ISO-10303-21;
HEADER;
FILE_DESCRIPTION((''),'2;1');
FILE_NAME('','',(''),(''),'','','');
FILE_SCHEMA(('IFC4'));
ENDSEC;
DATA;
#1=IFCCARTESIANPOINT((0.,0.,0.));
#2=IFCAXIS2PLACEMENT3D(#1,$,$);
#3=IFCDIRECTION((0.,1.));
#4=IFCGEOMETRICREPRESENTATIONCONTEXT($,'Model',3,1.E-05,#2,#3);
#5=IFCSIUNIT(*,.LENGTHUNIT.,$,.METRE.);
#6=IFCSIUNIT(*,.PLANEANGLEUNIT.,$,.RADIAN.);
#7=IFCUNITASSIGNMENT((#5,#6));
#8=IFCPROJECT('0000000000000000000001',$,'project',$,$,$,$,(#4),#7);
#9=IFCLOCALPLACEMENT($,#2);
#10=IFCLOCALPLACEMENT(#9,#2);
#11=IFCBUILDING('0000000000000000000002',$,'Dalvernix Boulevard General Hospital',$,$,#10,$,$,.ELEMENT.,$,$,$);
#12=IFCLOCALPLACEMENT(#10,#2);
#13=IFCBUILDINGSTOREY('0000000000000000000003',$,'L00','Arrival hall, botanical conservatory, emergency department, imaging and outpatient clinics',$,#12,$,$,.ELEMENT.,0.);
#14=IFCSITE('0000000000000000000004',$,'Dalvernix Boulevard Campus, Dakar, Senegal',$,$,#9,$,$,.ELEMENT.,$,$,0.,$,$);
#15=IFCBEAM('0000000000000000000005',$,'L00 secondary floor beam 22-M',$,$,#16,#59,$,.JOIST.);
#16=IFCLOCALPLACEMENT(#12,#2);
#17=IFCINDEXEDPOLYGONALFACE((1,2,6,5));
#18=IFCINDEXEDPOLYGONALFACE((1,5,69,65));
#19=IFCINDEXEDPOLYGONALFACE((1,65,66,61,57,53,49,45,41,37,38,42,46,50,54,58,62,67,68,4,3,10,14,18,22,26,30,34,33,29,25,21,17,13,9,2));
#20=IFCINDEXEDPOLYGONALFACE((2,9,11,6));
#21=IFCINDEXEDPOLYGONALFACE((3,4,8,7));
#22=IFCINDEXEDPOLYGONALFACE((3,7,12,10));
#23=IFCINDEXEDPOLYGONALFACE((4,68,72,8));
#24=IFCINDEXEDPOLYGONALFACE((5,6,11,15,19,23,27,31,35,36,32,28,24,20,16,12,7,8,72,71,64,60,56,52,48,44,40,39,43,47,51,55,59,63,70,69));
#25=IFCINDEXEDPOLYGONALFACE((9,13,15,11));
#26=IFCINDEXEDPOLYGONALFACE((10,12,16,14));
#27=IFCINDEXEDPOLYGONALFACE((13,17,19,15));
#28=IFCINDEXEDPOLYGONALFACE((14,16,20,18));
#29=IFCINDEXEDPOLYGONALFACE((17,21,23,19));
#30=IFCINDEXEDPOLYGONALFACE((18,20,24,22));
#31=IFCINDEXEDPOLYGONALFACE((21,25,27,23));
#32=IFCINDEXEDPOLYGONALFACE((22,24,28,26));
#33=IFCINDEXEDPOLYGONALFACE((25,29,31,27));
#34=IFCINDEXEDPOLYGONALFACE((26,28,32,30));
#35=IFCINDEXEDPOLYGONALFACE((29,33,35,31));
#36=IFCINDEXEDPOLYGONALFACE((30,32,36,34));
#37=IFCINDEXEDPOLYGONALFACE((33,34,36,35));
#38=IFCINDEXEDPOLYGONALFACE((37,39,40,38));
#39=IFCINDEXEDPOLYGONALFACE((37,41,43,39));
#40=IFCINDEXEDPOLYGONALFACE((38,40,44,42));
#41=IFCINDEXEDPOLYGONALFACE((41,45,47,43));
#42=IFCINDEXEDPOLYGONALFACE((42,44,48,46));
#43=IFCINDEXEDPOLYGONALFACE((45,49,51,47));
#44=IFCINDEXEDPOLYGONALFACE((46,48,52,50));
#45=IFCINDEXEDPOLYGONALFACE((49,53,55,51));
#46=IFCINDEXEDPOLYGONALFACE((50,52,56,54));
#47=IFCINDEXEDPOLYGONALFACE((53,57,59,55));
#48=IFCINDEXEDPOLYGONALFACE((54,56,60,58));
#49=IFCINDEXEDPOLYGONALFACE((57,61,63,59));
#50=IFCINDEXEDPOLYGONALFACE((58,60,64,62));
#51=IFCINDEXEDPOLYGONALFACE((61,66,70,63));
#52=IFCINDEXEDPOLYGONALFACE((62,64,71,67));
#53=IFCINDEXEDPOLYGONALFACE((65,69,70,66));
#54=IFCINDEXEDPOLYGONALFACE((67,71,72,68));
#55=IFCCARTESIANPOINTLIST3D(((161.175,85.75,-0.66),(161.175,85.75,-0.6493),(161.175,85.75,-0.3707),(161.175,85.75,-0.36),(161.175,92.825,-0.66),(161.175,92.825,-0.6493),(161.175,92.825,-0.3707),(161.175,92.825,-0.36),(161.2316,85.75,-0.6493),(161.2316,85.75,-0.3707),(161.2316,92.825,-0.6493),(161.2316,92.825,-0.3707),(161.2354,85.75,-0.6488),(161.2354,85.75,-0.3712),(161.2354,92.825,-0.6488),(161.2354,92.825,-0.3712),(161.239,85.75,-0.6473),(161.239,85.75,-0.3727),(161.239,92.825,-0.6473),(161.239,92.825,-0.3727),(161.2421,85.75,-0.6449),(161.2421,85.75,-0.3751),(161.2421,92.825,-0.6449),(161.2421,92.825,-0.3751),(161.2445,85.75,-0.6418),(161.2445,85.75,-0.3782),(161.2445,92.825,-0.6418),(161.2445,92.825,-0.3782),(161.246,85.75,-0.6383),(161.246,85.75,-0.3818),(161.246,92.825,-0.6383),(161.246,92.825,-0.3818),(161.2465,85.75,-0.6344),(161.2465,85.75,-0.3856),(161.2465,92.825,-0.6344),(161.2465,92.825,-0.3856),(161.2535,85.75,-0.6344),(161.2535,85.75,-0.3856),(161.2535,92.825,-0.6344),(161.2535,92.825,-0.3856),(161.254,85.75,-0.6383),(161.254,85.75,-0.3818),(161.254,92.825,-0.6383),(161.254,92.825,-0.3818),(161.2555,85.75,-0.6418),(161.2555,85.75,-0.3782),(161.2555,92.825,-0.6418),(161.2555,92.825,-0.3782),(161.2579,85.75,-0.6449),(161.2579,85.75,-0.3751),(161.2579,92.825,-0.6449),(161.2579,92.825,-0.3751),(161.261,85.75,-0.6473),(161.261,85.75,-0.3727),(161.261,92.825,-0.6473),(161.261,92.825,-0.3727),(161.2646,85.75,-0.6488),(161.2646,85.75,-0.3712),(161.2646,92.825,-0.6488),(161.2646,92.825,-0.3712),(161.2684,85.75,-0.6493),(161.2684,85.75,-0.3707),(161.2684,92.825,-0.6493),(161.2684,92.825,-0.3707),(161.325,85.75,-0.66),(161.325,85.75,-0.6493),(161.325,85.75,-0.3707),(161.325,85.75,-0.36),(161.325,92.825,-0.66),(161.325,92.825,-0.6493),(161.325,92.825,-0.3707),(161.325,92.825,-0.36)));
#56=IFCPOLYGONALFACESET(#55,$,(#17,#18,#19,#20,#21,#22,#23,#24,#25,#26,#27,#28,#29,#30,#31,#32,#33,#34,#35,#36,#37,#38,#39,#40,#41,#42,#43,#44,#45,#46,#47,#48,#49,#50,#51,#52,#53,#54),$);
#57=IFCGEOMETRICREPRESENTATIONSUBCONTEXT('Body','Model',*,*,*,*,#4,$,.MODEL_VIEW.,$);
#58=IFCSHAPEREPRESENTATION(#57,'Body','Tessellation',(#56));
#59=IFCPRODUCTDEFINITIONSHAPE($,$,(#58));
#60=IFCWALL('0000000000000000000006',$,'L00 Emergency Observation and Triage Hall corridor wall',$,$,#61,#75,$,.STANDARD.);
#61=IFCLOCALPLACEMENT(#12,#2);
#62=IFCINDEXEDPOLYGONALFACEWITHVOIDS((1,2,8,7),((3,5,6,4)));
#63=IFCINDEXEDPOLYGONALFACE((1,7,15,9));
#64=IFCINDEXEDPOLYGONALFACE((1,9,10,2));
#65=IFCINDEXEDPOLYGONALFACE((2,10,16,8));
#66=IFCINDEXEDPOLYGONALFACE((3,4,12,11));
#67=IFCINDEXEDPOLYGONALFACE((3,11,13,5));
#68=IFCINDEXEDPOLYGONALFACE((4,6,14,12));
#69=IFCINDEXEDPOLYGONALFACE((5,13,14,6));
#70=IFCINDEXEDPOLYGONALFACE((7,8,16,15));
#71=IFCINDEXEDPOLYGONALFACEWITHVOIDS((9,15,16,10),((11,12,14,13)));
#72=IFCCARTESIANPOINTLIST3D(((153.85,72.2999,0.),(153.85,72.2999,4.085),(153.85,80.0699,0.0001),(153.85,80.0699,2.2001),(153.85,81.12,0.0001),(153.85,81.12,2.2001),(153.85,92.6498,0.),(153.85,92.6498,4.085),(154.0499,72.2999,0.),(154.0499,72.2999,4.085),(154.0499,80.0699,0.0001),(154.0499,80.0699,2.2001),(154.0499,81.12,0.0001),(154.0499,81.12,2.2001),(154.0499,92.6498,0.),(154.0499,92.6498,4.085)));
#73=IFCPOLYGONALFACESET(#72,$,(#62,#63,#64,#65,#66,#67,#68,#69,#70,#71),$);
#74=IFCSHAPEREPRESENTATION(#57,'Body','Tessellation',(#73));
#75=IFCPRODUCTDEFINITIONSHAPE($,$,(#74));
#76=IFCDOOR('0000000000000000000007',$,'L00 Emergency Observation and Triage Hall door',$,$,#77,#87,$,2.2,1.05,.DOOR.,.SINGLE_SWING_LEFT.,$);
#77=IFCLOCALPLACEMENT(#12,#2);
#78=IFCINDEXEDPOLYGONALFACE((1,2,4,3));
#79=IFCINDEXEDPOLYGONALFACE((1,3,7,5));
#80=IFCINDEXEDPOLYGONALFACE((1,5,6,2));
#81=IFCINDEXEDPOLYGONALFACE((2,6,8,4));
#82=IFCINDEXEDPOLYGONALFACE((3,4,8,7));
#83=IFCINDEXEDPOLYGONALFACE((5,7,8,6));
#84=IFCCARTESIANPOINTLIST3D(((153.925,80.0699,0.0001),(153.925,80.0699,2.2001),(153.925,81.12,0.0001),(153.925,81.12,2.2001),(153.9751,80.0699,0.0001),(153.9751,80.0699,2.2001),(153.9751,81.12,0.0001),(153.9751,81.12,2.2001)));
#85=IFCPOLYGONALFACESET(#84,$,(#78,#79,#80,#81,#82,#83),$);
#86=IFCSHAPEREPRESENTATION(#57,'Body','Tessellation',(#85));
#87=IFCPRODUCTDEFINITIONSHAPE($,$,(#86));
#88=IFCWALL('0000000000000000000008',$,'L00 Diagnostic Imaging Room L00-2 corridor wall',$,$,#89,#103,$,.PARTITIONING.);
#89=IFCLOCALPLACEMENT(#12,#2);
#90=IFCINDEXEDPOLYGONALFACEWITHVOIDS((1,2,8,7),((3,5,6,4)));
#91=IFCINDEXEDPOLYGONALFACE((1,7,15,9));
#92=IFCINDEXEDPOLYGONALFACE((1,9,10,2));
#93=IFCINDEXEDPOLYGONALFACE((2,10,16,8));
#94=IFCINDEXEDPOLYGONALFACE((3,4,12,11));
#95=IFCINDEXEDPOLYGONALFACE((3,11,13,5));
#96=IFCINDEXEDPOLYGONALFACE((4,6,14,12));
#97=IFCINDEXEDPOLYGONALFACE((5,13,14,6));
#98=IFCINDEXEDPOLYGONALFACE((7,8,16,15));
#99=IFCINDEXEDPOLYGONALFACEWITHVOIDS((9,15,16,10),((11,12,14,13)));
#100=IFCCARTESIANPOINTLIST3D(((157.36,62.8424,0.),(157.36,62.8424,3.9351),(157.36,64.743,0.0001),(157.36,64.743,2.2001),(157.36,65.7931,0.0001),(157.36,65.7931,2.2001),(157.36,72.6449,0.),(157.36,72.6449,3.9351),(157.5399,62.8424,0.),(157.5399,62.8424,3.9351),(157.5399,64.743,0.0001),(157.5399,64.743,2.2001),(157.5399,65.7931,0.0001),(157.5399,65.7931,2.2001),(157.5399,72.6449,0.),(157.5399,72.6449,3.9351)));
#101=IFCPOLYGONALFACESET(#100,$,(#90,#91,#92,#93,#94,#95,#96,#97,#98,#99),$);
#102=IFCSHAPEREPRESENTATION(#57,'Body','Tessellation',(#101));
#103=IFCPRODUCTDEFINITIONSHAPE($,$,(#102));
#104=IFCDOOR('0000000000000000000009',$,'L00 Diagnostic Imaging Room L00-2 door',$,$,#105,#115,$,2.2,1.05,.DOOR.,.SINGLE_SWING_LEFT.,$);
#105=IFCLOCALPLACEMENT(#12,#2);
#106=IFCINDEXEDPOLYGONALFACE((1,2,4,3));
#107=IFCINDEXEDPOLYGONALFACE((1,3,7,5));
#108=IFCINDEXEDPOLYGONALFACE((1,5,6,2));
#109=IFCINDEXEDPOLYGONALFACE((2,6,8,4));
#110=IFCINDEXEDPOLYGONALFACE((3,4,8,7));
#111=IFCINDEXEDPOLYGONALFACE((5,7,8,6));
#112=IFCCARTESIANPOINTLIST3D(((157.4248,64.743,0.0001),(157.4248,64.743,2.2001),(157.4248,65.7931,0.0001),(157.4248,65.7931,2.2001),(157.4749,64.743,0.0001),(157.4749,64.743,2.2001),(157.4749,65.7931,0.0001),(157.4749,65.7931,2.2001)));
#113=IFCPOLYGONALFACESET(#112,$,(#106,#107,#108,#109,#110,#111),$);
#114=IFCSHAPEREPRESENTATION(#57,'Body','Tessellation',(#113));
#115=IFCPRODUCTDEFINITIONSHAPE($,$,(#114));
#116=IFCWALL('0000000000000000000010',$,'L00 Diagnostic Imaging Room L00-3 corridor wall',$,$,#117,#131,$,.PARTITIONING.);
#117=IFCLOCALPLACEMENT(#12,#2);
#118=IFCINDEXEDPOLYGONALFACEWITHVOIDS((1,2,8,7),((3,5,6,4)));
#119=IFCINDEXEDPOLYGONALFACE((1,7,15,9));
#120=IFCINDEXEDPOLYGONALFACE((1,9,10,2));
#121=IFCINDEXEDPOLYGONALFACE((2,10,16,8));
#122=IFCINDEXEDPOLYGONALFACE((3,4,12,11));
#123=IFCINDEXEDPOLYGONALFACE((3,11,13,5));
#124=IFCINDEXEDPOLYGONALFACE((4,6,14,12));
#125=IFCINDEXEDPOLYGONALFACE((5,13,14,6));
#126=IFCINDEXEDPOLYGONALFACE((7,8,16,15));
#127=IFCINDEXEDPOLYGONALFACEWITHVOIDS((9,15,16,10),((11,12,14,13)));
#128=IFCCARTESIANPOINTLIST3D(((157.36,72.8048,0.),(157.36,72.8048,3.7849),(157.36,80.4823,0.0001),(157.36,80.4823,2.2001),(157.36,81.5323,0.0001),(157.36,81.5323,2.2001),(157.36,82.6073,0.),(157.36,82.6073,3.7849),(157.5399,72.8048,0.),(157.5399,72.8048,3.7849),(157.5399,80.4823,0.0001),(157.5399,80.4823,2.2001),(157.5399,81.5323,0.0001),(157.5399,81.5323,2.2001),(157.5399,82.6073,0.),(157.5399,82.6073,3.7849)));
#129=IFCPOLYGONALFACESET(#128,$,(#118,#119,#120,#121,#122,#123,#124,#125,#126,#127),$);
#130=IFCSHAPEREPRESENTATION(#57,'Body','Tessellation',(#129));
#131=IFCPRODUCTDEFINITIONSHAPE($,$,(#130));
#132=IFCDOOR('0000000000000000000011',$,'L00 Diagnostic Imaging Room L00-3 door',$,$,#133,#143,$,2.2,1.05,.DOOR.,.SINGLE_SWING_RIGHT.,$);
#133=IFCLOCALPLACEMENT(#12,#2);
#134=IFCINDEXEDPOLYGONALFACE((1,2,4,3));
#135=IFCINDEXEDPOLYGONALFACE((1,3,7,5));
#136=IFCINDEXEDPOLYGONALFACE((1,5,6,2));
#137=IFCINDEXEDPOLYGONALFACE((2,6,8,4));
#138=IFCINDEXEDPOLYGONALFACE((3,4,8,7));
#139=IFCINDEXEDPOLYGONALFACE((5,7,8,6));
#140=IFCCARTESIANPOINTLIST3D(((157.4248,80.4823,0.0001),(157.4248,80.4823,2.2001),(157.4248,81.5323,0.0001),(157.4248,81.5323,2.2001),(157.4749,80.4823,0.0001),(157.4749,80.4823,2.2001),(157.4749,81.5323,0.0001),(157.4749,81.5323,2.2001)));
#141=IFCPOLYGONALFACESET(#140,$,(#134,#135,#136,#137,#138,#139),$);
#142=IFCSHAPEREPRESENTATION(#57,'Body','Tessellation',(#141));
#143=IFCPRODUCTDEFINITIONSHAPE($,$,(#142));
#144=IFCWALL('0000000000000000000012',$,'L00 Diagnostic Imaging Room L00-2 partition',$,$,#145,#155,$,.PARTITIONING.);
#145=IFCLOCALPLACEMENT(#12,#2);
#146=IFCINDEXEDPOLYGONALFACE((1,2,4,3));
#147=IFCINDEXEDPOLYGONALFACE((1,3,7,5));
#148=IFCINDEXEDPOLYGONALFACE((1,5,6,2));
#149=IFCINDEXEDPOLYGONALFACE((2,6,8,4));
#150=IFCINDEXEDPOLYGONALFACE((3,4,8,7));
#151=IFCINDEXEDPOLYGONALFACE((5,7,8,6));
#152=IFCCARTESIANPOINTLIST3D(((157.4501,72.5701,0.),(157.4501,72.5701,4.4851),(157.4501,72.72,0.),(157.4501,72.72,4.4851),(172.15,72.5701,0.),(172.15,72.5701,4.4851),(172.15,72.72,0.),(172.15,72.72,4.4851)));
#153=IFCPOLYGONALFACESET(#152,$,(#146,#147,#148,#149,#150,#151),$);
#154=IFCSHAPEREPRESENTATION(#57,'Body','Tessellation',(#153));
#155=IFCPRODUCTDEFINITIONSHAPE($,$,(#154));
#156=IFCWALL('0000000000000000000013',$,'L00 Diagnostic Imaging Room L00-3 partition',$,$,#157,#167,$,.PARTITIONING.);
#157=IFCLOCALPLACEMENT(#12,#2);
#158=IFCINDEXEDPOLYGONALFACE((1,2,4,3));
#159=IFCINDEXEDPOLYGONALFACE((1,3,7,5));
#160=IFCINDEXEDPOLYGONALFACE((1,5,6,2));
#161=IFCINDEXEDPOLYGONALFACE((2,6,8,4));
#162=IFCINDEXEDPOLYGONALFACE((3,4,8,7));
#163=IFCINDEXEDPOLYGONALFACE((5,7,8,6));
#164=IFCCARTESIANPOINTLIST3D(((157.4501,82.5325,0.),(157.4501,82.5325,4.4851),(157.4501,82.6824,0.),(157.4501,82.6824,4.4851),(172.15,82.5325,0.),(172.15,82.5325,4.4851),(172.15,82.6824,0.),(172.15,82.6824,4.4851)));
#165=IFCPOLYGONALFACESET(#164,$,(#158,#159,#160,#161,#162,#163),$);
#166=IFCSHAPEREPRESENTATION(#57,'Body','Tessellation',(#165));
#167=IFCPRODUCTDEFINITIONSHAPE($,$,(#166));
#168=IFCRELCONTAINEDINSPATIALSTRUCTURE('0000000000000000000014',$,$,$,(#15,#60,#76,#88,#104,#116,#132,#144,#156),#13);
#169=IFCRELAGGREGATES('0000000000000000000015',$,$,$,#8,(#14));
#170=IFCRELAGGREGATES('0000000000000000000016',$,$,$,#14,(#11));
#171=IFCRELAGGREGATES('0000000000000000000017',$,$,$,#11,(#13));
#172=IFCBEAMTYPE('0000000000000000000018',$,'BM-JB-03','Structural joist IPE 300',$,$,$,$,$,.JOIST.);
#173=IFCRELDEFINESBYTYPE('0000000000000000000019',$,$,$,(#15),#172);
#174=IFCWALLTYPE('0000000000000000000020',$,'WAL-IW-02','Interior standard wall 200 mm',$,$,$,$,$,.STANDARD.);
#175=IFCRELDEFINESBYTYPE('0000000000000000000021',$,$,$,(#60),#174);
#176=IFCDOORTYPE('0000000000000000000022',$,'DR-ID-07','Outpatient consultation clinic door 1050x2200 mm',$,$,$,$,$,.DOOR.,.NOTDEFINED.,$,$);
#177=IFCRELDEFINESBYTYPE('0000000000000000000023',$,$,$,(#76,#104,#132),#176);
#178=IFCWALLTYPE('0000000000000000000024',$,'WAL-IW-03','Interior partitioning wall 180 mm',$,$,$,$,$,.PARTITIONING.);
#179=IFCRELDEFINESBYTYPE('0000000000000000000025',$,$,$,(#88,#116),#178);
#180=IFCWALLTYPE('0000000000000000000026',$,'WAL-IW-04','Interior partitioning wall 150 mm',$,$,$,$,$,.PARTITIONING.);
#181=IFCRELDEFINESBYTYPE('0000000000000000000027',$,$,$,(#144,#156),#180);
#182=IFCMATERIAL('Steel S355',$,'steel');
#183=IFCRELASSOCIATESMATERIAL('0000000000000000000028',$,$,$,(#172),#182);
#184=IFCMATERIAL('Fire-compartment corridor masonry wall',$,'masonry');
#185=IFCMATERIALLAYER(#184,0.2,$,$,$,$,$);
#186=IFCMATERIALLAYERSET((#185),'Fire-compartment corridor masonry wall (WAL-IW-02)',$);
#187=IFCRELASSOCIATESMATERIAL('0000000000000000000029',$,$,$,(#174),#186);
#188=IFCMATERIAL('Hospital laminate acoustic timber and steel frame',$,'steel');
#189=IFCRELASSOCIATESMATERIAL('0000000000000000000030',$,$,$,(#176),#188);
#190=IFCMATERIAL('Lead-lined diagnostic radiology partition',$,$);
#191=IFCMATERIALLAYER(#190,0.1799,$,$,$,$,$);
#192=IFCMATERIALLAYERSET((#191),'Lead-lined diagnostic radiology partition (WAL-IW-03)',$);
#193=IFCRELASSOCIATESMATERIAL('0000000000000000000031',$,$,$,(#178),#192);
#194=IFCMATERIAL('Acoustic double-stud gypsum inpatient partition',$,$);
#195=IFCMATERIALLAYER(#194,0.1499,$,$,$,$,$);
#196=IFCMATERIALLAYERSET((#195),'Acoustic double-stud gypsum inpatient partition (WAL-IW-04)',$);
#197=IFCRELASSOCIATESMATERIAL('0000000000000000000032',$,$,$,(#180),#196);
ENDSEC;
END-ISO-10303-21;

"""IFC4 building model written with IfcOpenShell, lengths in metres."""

from ifc_helpers import new_model, si_unit, direction, frame, frame_2d, origin, origin_2d, place, context, subcontext, project, spatial, rectangle, i_section, extrude, material, layer, layer_set, material_profile, profile_set, type_object, element, fill, save


model = new_model("IFC4")

# Units and contexts
model_context = context("Model", 3, precision=1e-05, world=origin(), true_north=direction((0.0, 1.0)))
body_context = subcontext(model_context, "Body", "Model", "MODEL_VIEW")
ifc_project = project(units=[si_unit("LENGTHUNIT", "METRE"), si_unit("PLANEANGLEUNIT", "RADIAN")], contexts=[model_context])

# Site, building, storey
site_placement = place(None, origin())
site = spatial("IfcSite", under=ifc_project, at=site_placement, Name="Dalvernix Boulevard Campus, Dakar, Senegal", CompositionType="ELEMENT", RefElevation=0.0)
building_placement = place(site_placement, origin())
building = spatial("IfcBuilding", under=site, at=building_placement, Name="Dalvernix Boulevard General Hospital", CompositionType="ELEMENT")
storey_placement = place(building_placement, origin())
storey = spatial("IfcBuildingStorey", under=building, at=storey_placement, Name="L00", Description="Arrival hall, botanical conservatory, emergency department, imaging and outpatient clinics", CompositionType="ELEMENT", Elevation=0.0)

# Beam
ifc_material_1 = material(Name="Steel S355", Category="steel")
ifc_material_profile_1 = material_profile(ifc_material_1, i_section(OverallWidth=0.1499, OverallDepth=0.3, WebThickness=0.0071, FlangeThickness=0.0107, FilletRadius=0.0149, at=origin_2d()), Name="IPE 300")
ifc_profile_set_1 = profile_set([ifc_material_profile_1], Name="Steel S355")
beam_type_1 = type_object("IfcBeamType", Name="BM-JB-03", Description="Structural joist IPE 300", PredefinedType="JOIST", material=ifc_profile_set_1)
beam_placement = place(storey_placement, frame((161.25, 85.75, -0.51), z_axis=(0.0, 1.0, 0.0), x_axis=(-1.0, 0.0, 0.0)))
element("IfcBeam", 1, at=beam_placement, inside=storey, type_object=beam_type_1, Name="L00 secondary floor beam 22-M", PredefinedType="JOIST", context=body_context, shape_type="SweptSolid", body=[
    extrude(i_section(OverallWidth=0.1499, OverallDepth=0.3, WebThickness=0.0071, FlangeThickness=0.0107, FilletRadius=0.0149, at=origin_2d()), origin(), (0.0, 0.0, 1.0), 7.075),
])

# Walls, openings, doors
ifc_material_2 = material(Name="Fire-compartment corridor masonry wall", Category="masonry")
ifc_layer_1 = layer(ifc_material_2, 0.2)
ifc_layer_set_1 = layer_set([ifc_layer_1], Name="Fire-compartment corridor masonry wall (WAL-IW-02)")
wall_type_1 = type_object("IfcWallType", Name="WAL-IW-02", Description="Interior standard wall 200 mm", PredefinedType="STANDARD", material=ifc_layer_set_1)
wall_1_placement = place(storey_placement, frame((153.95, 72.3, 0.0), z_axis=(0.0, 0.0, 1.0), x_axis=(0.0, 1.0, 0.0)))
wall_1 = element("IfcWall", 2, at=wall_1_placement, inside=storey, type_object=wall_type_1, Name="L00 Emergency Observation and Triage Hall corridor wall", PredefinedType="STANDARD", context=body_context, shape_type="SweptSolid", body=[
    extrude(rectangle(XDim=20.3499, YDim=0.2, at=frame_2d((10.1748, 0.0))), origin(), (0.0, 0.0, 1.0), 4.085),
])
opening_1_placement = place(wall_1_placement, frame((7.77, 0.0, 0.0)))
opening_1 = element("IfcOpeningElement", 3, at=opening_1_placement, cuts=wall_1, PredefinedType="OPENING", context=body_context, shape_type="SweptSolid", body=[
    extrude(rectangle(XDim=1.05, YDim=2.2, at=frame_2d((0.5249, 1.1001))), frame((0.0, 0.1099, 0.0), z_axis=(0.0, -1.0, 0.0), x_axis=(1.0, 0.0, 0.0)), (0.0, 0.0, 1.0), 0.22),
])
ifc_material_3 = material(Name="Hospital laminate acoustic timber and steel frame", Category="steel")
door_type = type_object("IfcDoorType", Name="DR-ID-07", Description="Outpatient consultation clinic door 1050x2200 mm", OperationType="NOTDEFINED", PredefinedType="DOOR", material=ifc_material_3)
door_1_placement = place(opening_1_placement, origin())
door_1 = element("IfcDoor", 4, at=door_1_placement, inside=storey, type_object=door_type, Name="L00 Emergency Observation and Triage Hall door", OperationType="SINGLE_SWING_LEFT", OverallHeight=2.2, OverallWidth=1.05, PredefinedType="DOOR", context=body_context, shape_type="SweptSolid", body=[
    extrude(rectangle(XDim=1.05, YDim=2.2, at=frame_2d((0.5249, 1.1001))), frame((0.0, 0.0249, 0.0), z_axis=(0.0, -1.0, 0.0), x_axis=(1.0, 0.0, 0.0)), (0.0, 0.0, 1.0), 0.05),
])
fill(opening_1, door_1)
ifc_material_4 = material(Name="Lead-lined diagnostic radiology partition")
ifc_layer_2 = layer(ifc_material_4, 0.1799)
ifc_layer_set_2 = layer_set([ifc_layer_2], Name="Lead-lined diagnostic radiology partition (WAL-IW-03)")
wall_type_2 = type_object("IfcWallType", Name="WAL-IW-03", Description="Interior partitioning wall 180 mm", PredefinedType="PARTITIONING", material=ifc_layer_set_2)
wall_2_placement = place(storey_placement, frame((157.45, 72.645, 0.0), z_axis=(0.0, 0.0, 1.0), x_axis=(0.0, -1.0, 0.0)))
wall_2 = element("IfcWall", 5, at=wall_2_placement, inside=storey, type_object=wall_type_2, Name="L00 Diagnostic Imaging Room L00-2 corridor wall", PredefinedType="PARTITIONING", context=body_context, shape_type="SweptSolid", body=[
    extrude(rectangle(XDim=9.8025, YDim=0.1799, at=frame_2d((4.9014, 0.0))), origin(), (0.0, 0.0, 1.0), 3.9351),
])
opening_2_placement = place(wall_2_placement, frame((6.8521, 0.0, 0.0)))
opening_2 = element("IfcOpeningElement", 6, at=opening_2_placement, cuts=wall_2, PredefinedType="OPENING", context=body_context, shape_type="SweptSolid", body=[
    extrude(rectangle(XDim=1.05, YDim=2.2, at=frame_2d((0.5249, 1.1001))), frame((0.0, 0.0999, 0.0), z_axis=(0.0, -1.0, 0.0), x_axis=(1.0, 0.0, 0.0)), (0.0, 0.0, 1.0), 0.2),
])
door_2_placement = place(opening_2_placement, origin())
door_2 = element("IfcDoor", 7, at=door_2_placement, inside=storey, type_object=door_type, Name="L00 Diagnostic Imaging Room L00-2 door", OperationType="SINGLE_SWING_LEFT", OverallHeight=2.2, OverallWidth=1.05, PredefinedType="DOOR", context=body_context, shape_type="SweptSolid", body=[
    extrude(rectangle(XDim=1.05, YDim=2.2, at=frame_2d((0.5249, 1.1001))), frame((0.0, 0.0249, 0.0), z_axis=(0.0, -1.0, 0.0), x_axis=(1.0, 0.0, 0.0)), (0.0, 0.0, 1.0), 0.05),
])
fill(opening_2, door_2)
wall_3_placement = place(storey_placement, frame((157.45, 82.6074, 0.0), z_axis=(0.0, 0.0, 1.0), x_axis=(0.0, -1.0, 0.0)))
wall_3 = element("IfcWall", 8, at=wall_3_placement, inside=storey, type_object=wall_type_2, Name="L00 Diagnostic Imaging Room L00-3 corridor wall", PredefinedType="PARTITIONING", context=body_context, shape_type="SweptSolid", body=[
    extrude(rectangle(XDim=9.8025, YDim=0.1799, at=frame_2d((4.9014, 0.0))), origin(), (0.0, 0.0, 1.0), 3.7849),
])
opening_3_placement = place(wall_3_placement, frame((1.0752, 0.0, 0.0)))
opening_3 = element("IfcOpeningElement", 9, at=opening_3_placement, cuts=wall_3, PredefinedType="OPENING", context=body_context, shape_type="SweptSolid", body=[
    extrude(rectangle(XDim=1.05, YDim=2.2, at=frame_2d((0.5249, 1.1001))), frame((0.0, 0.0999, 0.0), z_axis=(0.0, -1.0, 0.0), x_axis=(1.0, 0.0, 0.0)), (0.0, 0.0, 1.0), 0.2),
])
door_3_placement = place(opening_3_placement, origin())
door_3 = element("IfcDoor", 10, at=door_3_placement, inside=storey, type_object=door_type, Name="L00 Diagnostic Imaging Room L00-3 door", OperationType="SINGLE_SWING_RIGHT", OverallHeight=2.2, OverallWidth=1.05, PredefinedType="DOOR", context=body_context, shape_type="SweptSolid", body=[
    extrude(rectangle(XDim=1.05, YDim=2.2, at=frame_2d((0.5249, 1.1001))), frame((0.0, 0.0249, 0.0), z_axis=(0.0, -1.0, 0.0), x_axis=(1.0, 0.0, 0.0)), (0.0, 0.0, 1.0), 0.05),
])
fill(opening_3, door_3)

# Walls
ifc_material_5 = material(Name="Acoustic double-stud gypsum inpatient partition")
ifc_layer_3 = layer(ifc_material_5, 0.1499)
ifc_layer_set_3 = layer_set([ifc_layer_3], Name="Acoustic double-stud gypsum inpatient partition (WAL-IW-04)")
wall_type_3 = type_object("IfcWallType", Name="WAL-IW-04", Description="Interior partitioning wall 150 mm", PredefinedType="PARTITIONING", material=ifc_layer_set_3)
for number, where, z_axis, x_axis, name in (
    (11, (157.45, 72.645, 0.0), (0.0, 0.0, 1.0), (1.0, 0.0, 0.0), "L00 Diagnostic Imaging Room L00-2 partition"),
    (12, (157.45, 82.6074, 0.0), (0.0, 0.0, 1.0), (1.0, 0.0, 0.0), "L00 Diagnostic Imaging Room L00-3 partition"),
):
    element("IfcWall", number, at=place(storey_placement, frame(where, z_axis=z_axis, x_axis=x_axis)), inside=storey, type_object=wall_type_3, Name=name, PredefinedType="PARTITIONING", context=body_context, shape_type="SweptSolid", body=[
        extrude(rectangle(XDim=14.7, YDim=0.1499, at=frame_2d((7.3501, 0.0))), origin(), (0.0, 0.0, 1.0), 4.4851),
    ])

save(model, "model.ifc")
